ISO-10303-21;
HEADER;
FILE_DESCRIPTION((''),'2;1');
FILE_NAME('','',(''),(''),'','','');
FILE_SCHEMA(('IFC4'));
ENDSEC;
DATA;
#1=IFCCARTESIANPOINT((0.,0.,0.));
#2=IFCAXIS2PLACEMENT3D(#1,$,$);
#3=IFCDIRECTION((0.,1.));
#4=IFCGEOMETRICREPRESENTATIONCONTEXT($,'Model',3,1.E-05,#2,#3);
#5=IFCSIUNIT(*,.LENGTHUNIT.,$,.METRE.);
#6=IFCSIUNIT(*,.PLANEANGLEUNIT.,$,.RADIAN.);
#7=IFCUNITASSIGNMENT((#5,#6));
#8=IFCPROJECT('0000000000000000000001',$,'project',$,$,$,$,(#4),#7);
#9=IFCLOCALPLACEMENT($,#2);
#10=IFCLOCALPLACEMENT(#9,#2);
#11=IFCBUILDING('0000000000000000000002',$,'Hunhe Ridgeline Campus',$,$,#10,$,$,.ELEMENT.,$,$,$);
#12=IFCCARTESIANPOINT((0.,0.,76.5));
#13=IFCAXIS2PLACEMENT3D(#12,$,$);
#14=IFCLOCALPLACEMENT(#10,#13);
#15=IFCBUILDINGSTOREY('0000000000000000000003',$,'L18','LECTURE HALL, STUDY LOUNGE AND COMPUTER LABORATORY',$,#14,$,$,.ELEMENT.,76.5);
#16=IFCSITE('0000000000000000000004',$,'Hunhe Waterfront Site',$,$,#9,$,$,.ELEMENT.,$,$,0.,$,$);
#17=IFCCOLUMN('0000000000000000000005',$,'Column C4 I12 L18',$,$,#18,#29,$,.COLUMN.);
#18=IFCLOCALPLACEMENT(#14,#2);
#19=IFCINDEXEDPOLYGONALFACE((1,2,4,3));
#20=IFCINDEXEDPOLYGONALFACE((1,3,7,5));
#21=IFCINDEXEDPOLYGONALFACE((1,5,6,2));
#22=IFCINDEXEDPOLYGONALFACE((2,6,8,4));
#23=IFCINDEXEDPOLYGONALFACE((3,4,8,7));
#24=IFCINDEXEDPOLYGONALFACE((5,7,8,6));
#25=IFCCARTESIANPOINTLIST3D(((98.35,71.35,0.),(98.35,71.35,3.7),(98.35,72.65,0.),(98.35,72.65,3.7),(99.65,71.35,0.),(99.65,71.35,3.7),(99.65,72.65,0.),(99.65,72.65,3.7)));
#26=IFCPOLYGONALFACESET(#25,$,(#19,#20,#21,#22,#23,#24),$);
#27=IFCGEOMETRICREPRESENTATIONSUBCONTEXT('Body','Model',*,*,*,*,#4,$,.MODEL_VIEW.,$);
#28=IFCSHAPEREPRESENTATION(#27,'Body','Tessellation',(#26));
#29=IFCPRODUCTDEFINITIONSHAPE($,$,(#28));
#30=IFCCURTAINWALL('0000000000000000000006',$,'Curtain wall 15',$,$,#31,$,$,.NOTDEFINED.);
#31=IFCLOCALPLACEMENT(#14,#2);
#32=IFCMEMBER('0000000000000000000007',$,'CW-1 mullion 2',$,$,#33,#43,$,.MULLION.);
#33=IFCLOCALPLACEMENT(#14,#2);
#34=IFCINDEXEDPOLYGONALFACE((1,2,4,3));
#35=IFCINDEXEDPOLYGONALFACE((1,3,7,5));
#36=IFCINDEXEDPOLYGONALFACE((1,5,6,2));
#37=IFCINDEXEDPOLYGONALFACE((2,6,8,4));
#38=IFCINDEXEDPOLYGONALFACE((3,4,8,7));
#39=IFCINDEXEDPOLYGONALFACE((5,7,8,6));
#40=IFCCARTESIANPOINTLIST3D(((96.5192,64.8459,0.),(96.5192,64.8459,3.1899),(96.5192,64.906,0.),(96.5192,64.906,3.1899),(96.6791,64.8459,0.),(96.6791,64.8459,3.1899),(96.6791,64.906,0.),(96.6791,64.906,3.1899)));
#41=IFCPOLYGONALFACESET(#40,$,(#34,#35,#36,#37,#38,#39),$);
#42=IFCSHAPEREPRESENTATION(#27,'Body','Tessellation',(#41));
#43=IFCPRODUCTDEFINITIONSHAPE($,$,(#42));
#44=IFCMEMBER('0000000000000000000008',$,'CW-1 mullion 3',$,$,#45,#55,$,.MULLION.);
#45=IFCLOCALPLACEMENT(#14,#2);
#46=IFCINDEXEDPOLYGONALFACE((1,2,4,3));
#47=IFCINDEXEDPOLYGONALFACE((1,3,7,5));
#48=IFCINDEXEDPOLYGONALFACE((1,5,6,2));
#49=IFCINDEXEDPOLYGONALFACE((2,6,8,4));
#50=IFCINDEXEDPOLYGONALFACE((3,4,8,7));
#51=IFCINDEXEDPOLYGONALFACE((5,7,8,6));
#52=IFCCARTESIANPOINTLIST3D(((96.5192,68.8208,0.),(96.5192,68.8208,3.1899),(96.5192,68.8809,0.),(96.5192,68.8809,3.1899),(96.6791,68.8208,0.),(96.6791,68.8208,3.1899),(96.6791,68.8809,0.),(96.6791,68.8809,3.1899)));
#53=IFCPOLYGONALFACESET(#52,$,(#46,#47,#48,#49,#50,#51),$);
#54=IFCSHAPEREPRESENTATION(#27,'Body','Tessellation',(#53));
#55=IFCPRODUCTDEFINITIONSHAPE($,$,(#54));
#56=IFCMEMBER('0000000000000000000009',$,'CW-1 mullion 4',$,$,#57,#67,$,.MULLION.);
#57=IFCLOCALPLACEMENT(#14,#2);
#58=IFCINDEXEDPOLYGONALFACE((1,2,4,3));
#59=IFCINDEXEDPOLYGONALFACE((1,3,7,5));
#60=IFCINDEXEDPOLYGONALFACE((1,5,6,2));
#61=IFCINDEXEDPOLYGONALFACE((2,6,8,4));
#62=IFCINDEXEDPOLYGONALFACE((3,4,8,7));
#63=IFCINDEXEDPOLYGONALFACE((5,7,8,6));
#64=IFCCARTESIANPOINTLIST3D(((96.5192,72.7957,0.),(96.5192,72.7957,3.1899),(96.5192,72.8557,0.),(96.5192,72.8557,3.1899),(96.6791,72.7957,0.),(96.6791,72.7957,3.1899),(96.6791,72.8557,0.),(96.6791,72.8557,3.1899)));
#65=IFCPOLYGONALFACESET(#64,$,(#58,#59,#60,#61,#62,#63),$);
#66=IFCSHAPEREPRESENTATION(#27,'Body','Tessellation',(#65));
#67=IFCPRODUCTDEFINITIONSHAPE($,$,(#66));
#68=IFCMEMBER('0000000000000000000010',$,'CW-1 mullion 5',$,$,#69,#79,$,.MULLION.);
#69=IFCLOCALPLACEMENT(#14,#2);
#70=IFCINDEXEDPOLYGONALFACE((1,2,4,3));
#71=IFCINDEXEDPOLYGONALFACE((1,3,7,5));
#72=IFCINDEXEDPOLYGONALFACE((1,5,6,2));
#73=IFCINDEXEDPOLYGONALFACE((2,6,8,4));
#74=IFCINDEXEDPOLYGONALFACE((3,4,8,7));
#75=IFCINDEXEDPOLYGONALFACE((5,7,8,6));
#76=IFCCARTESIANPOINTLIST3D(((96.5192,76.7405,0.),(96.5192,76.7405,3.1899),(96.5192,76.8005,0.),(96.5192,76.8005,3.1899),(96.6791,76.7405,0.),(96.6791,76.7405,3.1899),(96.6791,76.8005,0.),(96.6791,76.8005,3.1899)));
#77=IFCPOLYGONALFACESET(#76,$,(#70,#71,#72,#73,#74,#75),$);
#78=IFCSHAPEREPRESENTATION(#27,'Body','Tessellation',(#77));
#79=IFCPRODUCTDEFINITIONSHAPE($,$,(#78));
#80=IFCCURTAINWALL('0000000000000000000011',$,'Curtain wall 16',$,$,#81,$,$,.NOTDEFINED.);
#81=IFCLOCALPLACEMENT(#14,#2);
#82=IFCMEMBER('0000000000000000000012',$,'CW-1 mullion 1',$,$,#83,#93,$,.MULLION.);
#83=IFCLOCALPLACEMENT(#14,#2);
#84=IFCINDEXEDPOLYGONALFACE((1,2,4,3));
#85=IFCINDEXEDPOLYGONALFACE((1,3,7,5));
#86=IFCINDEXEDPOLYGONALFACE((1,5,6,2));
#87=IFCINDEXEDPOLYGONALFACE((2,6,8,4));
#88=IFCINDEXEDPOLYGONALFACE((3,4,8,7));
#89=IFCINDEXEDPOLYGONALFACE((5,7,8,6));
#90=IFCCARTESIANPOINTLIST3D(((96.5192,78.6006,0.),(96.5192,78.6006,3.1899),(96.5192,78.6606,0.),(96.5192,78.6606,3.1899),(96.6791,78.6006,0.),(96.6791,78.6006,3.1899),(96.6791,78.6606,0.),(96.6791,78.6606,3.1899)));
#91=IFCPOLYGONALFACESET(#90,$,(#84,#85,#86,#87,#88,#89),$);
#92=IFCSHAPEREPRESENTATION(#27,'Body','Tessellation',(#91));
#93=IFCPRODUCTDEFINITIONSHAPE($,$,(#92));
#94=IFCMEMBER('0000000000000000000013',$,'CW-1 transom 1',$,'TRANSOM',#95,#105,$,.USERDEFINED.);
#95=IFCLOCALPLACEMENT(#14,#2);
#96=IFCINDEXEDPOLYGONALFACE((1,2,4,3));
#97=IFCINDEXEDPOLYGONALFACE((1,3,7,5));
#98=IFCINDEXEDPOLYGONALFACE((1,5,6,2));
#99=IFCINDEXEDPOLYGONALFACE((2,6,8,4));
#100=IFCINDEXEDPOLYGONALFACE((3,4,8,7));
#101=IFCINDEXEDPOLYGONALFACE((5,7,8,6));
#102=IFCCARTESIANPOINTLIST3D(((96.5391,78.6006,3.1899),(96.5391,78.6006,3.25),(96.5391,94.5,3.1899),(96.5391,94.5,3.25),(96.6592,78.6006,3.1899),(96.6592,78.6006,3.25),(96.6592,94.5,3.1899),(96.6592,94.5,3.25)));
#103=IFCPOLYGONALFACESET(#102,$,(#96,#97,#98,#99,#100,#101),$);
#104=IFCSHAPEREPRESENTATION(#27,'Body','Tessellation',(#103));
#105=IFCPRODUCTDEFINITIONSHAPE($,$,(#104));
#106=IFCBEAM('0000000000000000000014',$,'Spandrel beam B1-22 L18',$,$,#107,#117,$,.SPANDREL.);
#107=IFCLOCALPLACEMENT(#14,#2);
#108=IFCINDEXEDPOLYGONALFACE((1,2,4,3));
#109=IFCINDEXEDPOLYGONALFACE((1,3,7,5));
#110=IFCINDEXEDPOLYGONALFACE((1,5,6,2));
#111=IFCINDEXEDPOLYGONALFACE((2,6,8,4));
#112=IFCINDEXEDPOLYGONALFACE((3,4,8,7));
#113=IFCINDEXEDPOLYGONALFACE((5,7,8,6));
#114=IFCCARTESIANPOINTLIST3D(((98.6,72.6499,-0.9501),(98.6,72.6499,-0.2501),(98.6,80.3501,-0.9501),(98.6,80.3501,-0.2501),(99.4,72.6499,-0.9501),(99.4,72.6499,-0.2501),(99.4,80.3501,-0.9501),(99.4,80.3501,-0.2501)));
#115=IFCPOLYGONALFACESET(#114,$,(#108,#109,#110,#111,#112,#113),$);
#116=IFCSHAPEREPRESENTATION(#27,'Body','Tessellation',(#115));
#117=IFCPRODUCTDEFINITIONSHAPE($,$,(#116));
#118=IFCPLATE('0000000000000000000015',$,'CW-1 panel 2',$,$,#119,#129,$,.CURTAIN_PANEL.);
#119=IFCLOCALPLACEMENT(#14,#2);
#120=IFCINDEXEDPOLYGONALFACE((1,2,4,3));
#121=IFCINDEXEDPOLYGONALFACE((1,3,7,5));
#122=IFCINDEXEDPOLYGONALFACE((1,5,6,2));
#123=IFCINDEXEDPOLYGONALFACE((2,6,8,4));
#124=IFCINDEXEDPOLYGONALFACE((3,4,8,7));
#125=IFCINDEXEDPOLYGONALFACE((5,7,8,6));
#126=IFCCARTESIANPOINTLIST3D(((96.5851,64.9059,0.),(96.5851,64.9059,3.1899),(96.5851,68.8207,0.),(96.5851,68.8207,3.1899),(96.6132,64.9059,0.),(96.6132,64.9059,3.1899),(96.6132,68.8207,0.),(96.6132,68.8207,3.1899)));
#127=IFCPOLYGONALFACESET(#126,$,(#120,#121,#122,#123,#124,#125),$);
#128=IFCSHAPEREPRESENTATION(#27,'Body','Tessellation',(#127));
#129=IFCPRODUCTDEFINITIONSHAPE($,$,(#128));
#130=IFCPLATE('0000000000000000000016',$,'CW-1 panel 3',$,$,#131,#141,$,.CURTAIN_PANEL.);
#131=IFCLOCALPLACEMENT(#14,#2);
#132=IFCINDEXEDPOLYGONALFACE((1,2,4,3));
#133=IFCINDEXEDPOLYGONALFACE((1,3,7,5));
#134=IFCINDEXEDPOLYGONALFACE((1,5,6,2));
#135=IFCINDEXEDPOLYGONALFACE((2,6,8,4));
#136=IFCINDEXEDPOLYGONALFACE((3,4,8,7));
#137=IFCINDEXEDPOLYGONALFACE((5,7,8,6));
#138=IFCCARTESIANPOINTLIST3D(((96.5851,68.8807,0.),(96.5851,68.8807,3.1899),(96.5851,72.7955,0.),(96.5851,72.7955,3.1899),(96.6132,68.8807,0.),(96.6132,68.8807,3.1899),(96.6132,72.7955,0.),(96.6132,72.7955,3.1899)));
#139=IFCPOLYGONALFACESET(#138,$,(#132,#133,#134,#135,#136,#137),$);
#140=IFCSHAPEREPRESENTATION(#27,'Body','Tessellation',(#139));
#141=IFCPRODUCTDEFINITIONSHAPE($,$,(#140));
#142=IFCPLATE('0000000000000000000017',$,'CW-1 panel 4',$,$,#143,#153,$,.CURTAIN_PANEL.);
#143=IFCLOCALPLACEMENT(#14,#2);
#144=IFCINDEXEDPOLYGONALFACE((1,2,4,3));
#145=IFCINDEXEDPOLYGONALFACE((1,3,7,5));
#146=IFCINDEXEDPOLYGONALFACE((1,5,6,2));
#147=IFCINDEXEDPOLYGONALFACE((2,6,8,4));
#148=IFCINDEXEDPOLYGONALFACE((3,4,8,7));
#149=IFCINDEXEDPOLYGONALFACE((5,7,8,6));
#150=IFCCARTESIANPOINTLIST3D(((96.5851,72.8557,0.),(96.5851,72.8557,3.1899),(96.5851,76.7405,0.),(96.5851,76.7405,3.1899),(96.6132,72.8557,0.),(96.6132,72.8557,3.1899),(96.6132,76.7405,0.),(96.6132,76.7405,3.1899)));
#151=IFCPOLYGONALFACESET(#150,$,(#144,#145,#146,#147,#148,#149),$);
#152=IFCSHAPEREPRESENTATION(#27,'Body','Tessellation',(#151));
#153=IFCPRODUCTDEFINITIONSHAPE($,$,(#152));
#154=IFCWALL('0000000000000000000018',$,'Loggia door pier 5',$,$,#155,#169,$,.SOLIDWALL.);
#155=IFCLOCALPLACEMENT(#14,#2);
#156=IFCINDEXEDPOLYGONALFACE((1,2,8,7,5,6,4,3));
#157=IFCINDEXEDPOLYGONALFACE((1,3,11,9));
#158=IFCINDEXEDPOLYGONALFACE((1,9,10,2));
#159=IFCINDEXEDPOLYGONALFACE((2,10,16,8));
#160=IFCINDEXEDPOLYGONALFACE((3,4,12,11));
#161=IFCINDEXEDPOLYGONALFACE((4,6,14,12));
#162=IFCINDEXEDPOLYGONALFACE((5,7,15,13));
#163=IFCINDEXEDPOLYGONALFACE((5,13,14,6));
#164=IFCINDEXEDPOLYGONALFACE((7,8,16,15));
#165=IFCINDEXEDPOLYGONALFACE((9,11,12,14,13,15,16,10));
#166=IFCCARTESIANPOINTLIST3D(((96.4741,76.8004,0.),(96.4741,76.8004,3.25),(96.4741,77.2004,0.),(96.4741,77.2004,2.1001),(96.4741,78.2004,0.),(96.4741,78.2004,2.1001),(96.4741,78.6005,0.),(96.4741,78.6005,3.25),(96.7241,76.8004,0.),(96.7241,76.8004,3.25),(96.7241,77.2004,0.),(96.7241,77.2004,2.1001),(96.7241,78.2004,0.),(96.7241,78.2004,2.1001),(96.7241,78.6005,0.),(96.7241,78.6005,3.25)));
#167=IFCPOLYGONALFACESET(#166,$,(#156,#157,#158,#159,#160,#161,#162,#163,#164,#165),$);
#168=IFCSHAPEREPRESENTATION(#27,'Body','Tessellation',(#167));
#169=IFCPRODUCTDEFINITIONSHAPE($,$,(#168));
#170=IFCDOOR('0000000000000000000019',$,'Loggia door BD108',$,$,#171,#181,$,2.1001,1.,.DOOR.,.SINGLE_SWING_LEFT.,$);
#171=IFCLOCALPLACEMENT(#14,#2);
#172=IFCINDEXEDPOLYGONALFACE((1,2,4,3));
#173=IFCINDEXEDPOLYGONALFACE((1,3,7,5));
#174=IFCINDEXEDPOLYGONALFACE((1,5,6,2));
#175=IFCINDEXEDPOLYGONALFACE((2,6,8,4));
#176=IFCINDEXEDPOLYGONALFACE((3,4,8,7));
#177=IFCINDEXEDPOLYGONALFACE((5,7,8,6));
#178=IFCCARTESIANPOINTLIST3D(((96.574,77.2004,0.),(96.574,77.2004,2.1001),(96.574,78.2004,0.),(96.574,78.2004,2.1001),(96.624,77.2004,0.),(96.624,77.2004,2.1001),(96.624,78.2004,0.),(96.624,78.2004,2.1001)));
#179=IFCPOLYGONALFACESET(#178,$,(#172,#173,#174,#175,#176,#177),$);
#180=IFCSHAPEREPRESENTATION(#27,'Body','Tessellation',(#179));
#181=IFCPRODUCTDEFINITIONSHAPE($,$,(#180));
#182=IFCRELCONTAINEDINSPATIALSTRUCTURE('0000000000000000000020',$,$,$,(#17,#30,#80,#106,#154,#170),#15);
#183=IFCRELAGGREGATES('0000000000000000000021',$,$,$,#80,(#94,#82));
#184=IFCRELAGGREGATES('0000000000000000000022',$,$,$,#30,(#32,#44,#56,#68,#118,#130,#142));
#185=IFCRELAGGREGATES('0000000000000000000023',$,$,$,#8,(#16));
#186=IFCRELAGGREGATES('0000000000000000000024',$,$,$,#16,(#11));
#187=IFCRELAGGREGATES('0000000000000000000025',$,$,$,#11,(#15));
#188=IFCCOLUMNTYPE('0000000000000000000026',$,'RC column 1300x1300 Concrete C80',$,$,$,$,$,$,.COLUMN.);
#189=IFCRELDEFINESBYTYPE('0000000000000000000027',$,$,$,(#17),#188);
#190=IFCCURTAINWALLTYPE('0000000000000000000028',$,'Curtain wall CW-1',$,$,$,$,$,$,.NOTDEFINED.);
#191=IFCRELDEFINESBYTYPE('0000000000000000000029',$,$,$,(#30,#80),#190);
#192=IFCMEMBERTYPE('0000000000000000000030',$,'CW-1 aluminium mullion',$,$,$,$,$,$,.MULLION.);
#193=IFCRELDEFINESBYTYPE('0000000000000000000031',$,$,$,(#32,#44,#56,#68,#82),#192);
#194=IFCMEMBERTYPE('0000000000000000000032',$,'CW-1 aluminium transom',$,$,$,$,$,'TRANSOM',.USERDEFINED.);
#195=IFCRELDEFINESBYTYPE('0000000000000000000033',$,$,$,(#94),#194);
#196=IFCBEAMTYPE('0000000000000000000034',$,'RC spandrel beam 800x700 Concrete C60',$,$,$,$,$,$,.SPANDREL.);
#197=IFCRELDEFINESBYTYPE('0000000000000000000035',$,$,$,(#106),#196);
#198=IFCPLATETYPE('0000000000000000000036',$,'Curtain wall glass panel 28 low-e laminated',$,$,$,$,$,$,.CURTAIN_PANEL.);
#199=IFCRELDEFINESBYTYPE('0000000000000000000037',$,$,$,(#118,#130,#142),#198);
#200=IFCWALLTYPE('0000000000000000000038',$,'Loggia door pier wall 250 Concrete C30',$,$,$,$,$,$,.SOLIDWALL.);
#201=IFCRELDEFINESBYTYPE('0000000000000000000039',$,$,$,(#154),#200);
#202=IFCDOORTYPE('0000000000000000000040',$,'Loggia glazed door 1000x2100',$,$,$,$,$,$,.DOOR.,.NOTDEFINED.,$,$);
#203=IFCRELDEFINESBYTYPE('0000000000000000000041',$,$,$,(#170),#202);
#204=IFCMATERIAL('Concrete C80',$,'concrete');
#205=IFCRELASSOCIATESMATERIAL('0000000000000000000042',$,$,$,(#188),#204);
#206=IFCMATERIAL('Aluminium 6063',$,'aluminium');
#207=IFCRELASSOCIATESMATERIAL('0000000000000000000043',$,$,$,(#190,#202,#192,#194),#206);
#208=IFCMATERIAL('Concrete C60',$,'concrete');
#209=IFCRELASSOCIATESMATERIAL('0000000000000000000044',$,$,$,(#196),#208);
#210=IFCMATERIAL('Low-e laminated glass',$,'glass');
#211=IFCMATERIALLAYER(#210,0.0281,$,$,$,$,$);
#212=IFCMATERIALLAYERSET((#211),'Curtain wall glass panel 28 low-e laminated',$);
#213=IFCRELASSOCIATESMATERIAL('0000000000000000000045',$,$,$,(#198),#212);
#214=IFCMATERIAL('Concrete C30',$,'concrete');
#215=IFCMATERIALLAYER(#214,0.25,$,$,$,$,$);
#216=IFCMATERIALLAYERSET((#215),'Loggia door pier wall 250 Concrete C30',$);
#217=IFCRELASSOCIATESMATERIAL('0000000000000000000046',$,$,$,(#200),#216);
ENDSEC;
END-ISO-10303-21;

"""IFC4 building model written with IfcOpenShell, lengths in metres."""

from ifc_helpers import new_model, si_unit, direction, frame, frame_2d, origin, origin_2d, place, context, subcontext, project, spatial, rectangle, extrude, material, layer, layer_set, material_profile, profile_set, type_object, element, fill, aggregate, save


model = new_model("IFC4")

# Units and contexts
model_context = context("Model", 3, precision=1e-05, world=origin(), true_north=direction((0.0, 1.0)))
body_context = subcontext(model_context, "Body", "Model", "MODEL_VIEW")
ifc_project = project(units=[si_unit("LENGTHUNIT", "METRE"), si_unit("PLANEANGLEUNIT", "RADIAN")], contexts=[model_context])

# Site, building, storey
site_placement = place(None, origin())
site = spatial("IfcSite", under=ifc_project, at=site_placement, Name="Hunhe Waterfront Site", CompositionType="ELEMENT", RefElevation=0.0)
building_placement = place(site_placement, origin())
building = spatial("IfcBuilding", under=site, at=building_placement, Name="Hunhe Ridgeline Campus", CompositionType="ELEMENT")
storey_placement = place(building_placement, frame((0.0, 0.0, 76.5)))
storey = spatial("IfcBuildingStorey", under=building, at=storey_placement, Name="L18", Description="LECTURE HALL, STUDY LOUNGE AND COMPUTER LABORATORY", CompositionType="ELEMENT", Elevation=76.5)

# Column
ifc_material_1 = material(Name="Concrete C80", Category="concrete")
ifc_material_profile_1 = material_profile(ifc_material_1, rectangle(XDim=1.3, YDim=1.3, at=origin_2d()))
ifc_profile_set_1 = profile_set([ifc_material_profile_1], Name="Concrete C80")
column_type = type_object("IfcColumnType", Name="RC column 1300x1300 Concrete C80", PredefinedType="COLUMN", material=ifc_profile_set_1)
column_placement = place(storey_placement, frame((99.0, 72.0, 0.0), z_axis=(0.0, 0.0, 1.0), x_axis=(1.0, 0.0, 0.0)))
element("IfcColumn", 1, at=column_placement, inside=storey, type_object=column_type, Name="Column C4 I12 L18", PredefinedType="COLUMN", context=body_context, shape_type="SweptSolid", body=[
    extrude(rectangle(XDim=1.3, YDim=1.3, at=origin_2d()), origin(), (0.0, 0.0, 1.0), 3.7),
])

# Curtain walls, members
ifc_material_2 = material(Name="Aluminium 6063", Category="aluminium")
curtain_wall_type = type_object("IfcCurtainWallType", Name="Curtain wall CW-1", PredefinedType="NOTDEFINED", material=ifc_material_2)
curtain_wall_1_placement = place(storey_placement, origin())
curtain_wall_1 = element("IfcCurtainWall", 2, at=curtain_wall_1_placement, inside=storey, type_object=curtain_wall_type, Name="Curtain wall 15", PredefinedType="NOTDEFINED")
ifc_material_profile_2 = material_profile(ifc_material_2, rectangle(XDim=0.1599, YDim=0.0601, at=origin_2d()))
ifc_profile_set_2 = profile_set([ifc_material_profile_2], Name="Aluminium 6063")
member_type_1 = type_object("IfcMemberType", Name="CW-1 aluminium mullion", PredefinedType="MULLION", material=ifc_profile_set_2)
member_1_placement = place(storey_placement, frame((96.5991, 64.876, 0.0), z_axis=(0.0, 0.0, 1.0), x_axis=(-1.0, 0.0, 0.0)))
member_1 = element("IfcMember", 3, at=member_1_placement, type_object=member_type_1, Name="CW-1 mullion 2", PredefinedType="MULLION", context=body_context, shape_type="SweptSolid", body=[
    extrude(rectangle(XDim=0.1599, YDim=0.0601, at=origin_2d()), origin(), (0.0, 0.0, 1.0), 3.1899),
])
member_2_placement = place(storey_placement, frame((96.5991, 68.8508, 0.0), z_axis=(0.0, 0.0, 1.0), x_axis=(-1.0, 0.0, 0.0)))
member_2 = element("IfcMember", 4, at=member_2_placement, type_object=member_type_1, Name="CW-1 mullion 3", PredefinedType="MULLION", context=body_context, shape_type="SweptSolid", body=[
    extrude(rectangle(XDim=0.1599, YDim=0.0601, at=origin_2d()), origin(), (0.0, 0.0, 1.0), 3.1899),
])
member_3_placement = place(storey_placement, frame((96.5991, 72.8257, 0.0), z_axis=(0.0, 0.0, 1.0), x_axis=(-1.0, 0.0, 0.0)))
member_3 = element("IfcMember", 5, at=member_3_placement, type_object=member_type_1, Name="CW-1 mullion 4", PredefinedType="MULLION", context=body_context, shape_type="SweptSolid", body=[
    extrude(rectangle(XDim=0.1599, YDim=0.0601, at=origin_2d()), origin(), (0.0, 0.0, 1.0), 3.1899),
])
member_4_placement = place(storey_placement, frame((96.5991, 76.7705, 0.0), z_axis=(0.0, 0.0, 1.0), x_axis=(-1.0, 0.0, 0.0)))
member_4 = element("IfcMember", 6, at=member_4_placement, type_object=member_type_1, Name="CW-1 mullion 5", PredefinedType="MULLION", context=body_context, shape_type="SweptSolid", body=[
    extrude(rectangle(XDim=0.1599, YDim=0.0601, at=origin_2d()), origin(), (0.0, 0.0, 1.0), 3.1899),
])
curtain_wall_2_placement = place(storey_placement, origin())
curtain_wall_2 = element("IfcCurtainWall", 7, at=curtain_wall_2_placement, inside=storey, type_object=curtain_wall_type, Name="Curtain wall 16", PredefinedType="NOTDEFINED")
member_5_placement = place(storey_placement, frame((96.5991, 78.6306, 0.0), z_axis=(0.0, 0.0, 1.0), x_axis=(-1.0, 0.0, 0.0)))
member_5 = element("IfcMember", 8, at=member_5_placement, type_object=member_type_1, Name="CW-1 mullion 1", PredefinedType="MULLION", context=body_context, shape_type="SweptSolid", body=[
    extrude(rectangle(XDim=0.1599, YDim=0.0601, at=origin_2d()), origin(), (0.0, 0.0, 1.0), 3.1899),
])
ifc_material_profile_3 = material_profile(ifc_material_2, rectangle(XDim=0.1201, YDim=0.0601, at=origin_2d()))
ifc_profile_set_3 = profile_set([ifc_material_profile_3], Name="Aluminium 6063")
member_type_2 = type_object("IfcMemberType", Name="CW-1 aluminium transom", ElementType="TRANSOM", PredefinedType="USERDEFINED", material=ifc_profile_set_3)
member_6_placement = place(storey_placement, frame((96.5991, 78.6006, 3.22), z_axis=(0.0, 1.0, 0.0), x_axis=(-1.0, 0.0, 0.0)))
member_6 = element("IfcMember", 9, at=member_6_placement, type_object=member_type_2, Name="CW-1 transom 1", ObjectType="TRANSOM", PredefinedType="USERDEFINED", context=body_context, shape_type="SweptSolid", body=[
    extrude(rectangle(XDim=0.1201, YDim=0.0601, at=origin_2d()), origin(), (0.0, 0.0, 1.0), 15.8994),
])
aggregate(curtain_wall_2, [member_6, member_5])

# Beam
ifc_material_3 = material(Name="Concrete C60", Category="concrete")
ifc_material_profile_4 = material_profile(ifc_material_3, rectangle(XDim=0.8, YDim=0.7, at=origin_2d()))
ifc_profile_set_4 = profile_set([ifc_material_profile_4], Name="Concrete C60")
beam_type = type_object("IfcBeamType", Name="RC spandrel beam 800x700 Concrete C60", PredefinedType="SPANDREL", material=ifc_profile_set_4)
beam_placement = place(storey_placement, frame((99.0, 72.6499, -0.6001), z_axis=(0.0, 1.0, 0.0), x_axis=(-1.0, 0.0, 0.0)))
element("IfcBeam", 10, at=beam_placement, inside=storey, type_object=beam_type, Name="Spandrel beam B1-22 L18", PredefinedType="SPANDREL", context=body_context, shape_type="SweptSolid", body=[
    extrude(rectangle(XDim=0.8, YDim=0.7, at=origin_2d()), origin(), (0.0, 0.0, 1.0), 7.7002),
])

# Plates
ifc_material_4 = material(Name="Low-e laminated glass", Category="glass")
ifc_layer_1 = layer(ifc_material_4, 0.0281)
ifc_layer_set_1 = layer_set([ifc_layer_1], Name="Curtain wall glass panel 28 low-e laminated")
plate_type = type_object("IfcPlateType", Name="Curtain wall glass panel 28 low-e laminated", PredefinedType="CURTAIN_PANEL", material=ifc_layer_set_1)
plate_1_placement = place(storey_placement, frame((96.5991, 66.8633, 0.0), z_axis=(0.0, 0.0, 1.0), x_axis=(0.0, 1.0, 0.0)))
plate_1 = element("IfcPlate", 11, at=plate_1_placement, type_object=plate_type, Name="CW-1 panel 2", PredefinedType="CURTAIN_PANEL", context=body_context, shape_type="SweptSolid", body=[
    extrude(rectangle(XDim=3.9148, YDim=0.0281, at=origin_2d()), origin(), (0.0, 0.0, 1.0), 3.1899),
])
plate_2_placement = place(storey_placement, frame((96.5991, 70.8381, 0.0), z_axis=(0.0, 0.0, 1.0), x_axis=(0.0, 1.0, 0.0)))
plate_2 = element("IfcPlate", 12, at=plate_2_placement, type_object=plate_type, Name="CW-1 panel 3", PredefinedType="CURTAIN_PANEL", context=body_context, shape_type="SweptSolid", body=[
    extrude(rectangle(XDim=3.9148, YDim=0.0281, at=origin_2d()), origin(), (0.0, 0.0, 1.0), 3.1899),
])
plate_3_placement = place(storey_placement, frame((96.5991, 74.7981, 0.0), z_axis=(0.0, 0.0, 1.0), x_axis=(0.0, 1.0, 0.0)))
plate_3 = element("IfcPlate", 13, at=plate_3_placement, type_object=plate_type, Name="CW-1 panel 4", PredefinedType="CURTAIN_PANEL", context=body_context, shape_type="SweptSolid", body=[
    extrude(rectangle(XDim=3.8848, YDim=0.0281, at=origin_2d()), origin(), (0.0, 0.0, 1.0), 3.1899),
])
aggregate(curtain_wall_1, [member_1, member_2, member_3, member_4, plate_1, plate_2, plate_3])

# Wall, opening, door
ifc_material_5 = material(Name="Concrete C30", Category="concrete")
ifc_layer_2 = layer(ifc_material_5, 0.25)
ifc_layer_set_2 = layer_set([ifc_layer_2], Name="Loggia door pier wall 250 Concrete C30")
wall_type_1 = type_object("IfcWallType", Name="Loggia door pier wall 250 Concrete C30", PredefinedType="SOLIDWALL", material=ifc_layer_set_2)
wall_1_placement = place(storey_placement, frame((96.5991, 76.8005, 0.0), z_axis=(0.0, 0.0, 1.0), x_axis=(0.0, 1.0, 0.0)))
wall_1 = element("IfcWall", 14, at=wall_1_placement, inside=storey, type_object=wall_type_1, Name="Loggia door pier 5", PredefinedType="SOLIDWALL", context=body_context, shape_type="SweptSolid", body=[
    extrude(rectangle(XDim=1.8, YDim=0.25, at=frame_2d((0.8999, 0.0))), origin(), (0.0, 0.0, 1.0), 3.25),
])
opening_1_placement = place(wall_1_placement, frame((0.3999, 0.0, 0.0)))
opening_1 = element("IfcOpeningElement", 15, at=opening_1_placement, cuts=wall_1, PredefinedType="OPENING", context=body_context, shape_type="SweptSolid", body=[
    extrude(rectangle(XDim=1.0, YDim=2.1001, at=frame_2d((0.5, 1.05))), frame((0.0, 0.125, 0.0), z_axis=(0.0, -1.0, 0.0), x_axis=(1.0, 0.0, 0.0)), (0.0, 0.0, 1.0), 0.25),
])
door_type_1 = type_object("IfcDoorType", Name="Loggia glazed door 1000x2100", OperationType="NOTDEFINED", PredefinedType="DOOR", material=ifc_material_2)
door_1_placement = place(opening_1_placement, frame((1.0, 0.0, 0.0), z_axis=(0.0, 0.0, 1.0), x_axis=(-1.0, 0.0, 0.0)))
door_1 = element("IfcDoor", 16, at=door_1_placement, inside=storey, type_object=door_type_1, Name="Loggia door BD108", OperationType="SINGLE_SWING_LEFT", OverallHeight=2.1001, OverallWidth=1.0, PredefinedType="DOOR", context=body_context, shape_type="SweptSolid", body=[
    extrude(rectangle(XDim=1.0, YDim=2.1001, at=frame_2d((0.5, 1.05))), frame((0.0, 0.0249, 0.0), z_axis=(0.0, -1.0, 0.0), x_axis=(1.0, 0.0, 0.0)), (0.0, 0.0, 1.0), 0.05),
])
fill(opening_1, door_1)

save(model, "model.ifc")
